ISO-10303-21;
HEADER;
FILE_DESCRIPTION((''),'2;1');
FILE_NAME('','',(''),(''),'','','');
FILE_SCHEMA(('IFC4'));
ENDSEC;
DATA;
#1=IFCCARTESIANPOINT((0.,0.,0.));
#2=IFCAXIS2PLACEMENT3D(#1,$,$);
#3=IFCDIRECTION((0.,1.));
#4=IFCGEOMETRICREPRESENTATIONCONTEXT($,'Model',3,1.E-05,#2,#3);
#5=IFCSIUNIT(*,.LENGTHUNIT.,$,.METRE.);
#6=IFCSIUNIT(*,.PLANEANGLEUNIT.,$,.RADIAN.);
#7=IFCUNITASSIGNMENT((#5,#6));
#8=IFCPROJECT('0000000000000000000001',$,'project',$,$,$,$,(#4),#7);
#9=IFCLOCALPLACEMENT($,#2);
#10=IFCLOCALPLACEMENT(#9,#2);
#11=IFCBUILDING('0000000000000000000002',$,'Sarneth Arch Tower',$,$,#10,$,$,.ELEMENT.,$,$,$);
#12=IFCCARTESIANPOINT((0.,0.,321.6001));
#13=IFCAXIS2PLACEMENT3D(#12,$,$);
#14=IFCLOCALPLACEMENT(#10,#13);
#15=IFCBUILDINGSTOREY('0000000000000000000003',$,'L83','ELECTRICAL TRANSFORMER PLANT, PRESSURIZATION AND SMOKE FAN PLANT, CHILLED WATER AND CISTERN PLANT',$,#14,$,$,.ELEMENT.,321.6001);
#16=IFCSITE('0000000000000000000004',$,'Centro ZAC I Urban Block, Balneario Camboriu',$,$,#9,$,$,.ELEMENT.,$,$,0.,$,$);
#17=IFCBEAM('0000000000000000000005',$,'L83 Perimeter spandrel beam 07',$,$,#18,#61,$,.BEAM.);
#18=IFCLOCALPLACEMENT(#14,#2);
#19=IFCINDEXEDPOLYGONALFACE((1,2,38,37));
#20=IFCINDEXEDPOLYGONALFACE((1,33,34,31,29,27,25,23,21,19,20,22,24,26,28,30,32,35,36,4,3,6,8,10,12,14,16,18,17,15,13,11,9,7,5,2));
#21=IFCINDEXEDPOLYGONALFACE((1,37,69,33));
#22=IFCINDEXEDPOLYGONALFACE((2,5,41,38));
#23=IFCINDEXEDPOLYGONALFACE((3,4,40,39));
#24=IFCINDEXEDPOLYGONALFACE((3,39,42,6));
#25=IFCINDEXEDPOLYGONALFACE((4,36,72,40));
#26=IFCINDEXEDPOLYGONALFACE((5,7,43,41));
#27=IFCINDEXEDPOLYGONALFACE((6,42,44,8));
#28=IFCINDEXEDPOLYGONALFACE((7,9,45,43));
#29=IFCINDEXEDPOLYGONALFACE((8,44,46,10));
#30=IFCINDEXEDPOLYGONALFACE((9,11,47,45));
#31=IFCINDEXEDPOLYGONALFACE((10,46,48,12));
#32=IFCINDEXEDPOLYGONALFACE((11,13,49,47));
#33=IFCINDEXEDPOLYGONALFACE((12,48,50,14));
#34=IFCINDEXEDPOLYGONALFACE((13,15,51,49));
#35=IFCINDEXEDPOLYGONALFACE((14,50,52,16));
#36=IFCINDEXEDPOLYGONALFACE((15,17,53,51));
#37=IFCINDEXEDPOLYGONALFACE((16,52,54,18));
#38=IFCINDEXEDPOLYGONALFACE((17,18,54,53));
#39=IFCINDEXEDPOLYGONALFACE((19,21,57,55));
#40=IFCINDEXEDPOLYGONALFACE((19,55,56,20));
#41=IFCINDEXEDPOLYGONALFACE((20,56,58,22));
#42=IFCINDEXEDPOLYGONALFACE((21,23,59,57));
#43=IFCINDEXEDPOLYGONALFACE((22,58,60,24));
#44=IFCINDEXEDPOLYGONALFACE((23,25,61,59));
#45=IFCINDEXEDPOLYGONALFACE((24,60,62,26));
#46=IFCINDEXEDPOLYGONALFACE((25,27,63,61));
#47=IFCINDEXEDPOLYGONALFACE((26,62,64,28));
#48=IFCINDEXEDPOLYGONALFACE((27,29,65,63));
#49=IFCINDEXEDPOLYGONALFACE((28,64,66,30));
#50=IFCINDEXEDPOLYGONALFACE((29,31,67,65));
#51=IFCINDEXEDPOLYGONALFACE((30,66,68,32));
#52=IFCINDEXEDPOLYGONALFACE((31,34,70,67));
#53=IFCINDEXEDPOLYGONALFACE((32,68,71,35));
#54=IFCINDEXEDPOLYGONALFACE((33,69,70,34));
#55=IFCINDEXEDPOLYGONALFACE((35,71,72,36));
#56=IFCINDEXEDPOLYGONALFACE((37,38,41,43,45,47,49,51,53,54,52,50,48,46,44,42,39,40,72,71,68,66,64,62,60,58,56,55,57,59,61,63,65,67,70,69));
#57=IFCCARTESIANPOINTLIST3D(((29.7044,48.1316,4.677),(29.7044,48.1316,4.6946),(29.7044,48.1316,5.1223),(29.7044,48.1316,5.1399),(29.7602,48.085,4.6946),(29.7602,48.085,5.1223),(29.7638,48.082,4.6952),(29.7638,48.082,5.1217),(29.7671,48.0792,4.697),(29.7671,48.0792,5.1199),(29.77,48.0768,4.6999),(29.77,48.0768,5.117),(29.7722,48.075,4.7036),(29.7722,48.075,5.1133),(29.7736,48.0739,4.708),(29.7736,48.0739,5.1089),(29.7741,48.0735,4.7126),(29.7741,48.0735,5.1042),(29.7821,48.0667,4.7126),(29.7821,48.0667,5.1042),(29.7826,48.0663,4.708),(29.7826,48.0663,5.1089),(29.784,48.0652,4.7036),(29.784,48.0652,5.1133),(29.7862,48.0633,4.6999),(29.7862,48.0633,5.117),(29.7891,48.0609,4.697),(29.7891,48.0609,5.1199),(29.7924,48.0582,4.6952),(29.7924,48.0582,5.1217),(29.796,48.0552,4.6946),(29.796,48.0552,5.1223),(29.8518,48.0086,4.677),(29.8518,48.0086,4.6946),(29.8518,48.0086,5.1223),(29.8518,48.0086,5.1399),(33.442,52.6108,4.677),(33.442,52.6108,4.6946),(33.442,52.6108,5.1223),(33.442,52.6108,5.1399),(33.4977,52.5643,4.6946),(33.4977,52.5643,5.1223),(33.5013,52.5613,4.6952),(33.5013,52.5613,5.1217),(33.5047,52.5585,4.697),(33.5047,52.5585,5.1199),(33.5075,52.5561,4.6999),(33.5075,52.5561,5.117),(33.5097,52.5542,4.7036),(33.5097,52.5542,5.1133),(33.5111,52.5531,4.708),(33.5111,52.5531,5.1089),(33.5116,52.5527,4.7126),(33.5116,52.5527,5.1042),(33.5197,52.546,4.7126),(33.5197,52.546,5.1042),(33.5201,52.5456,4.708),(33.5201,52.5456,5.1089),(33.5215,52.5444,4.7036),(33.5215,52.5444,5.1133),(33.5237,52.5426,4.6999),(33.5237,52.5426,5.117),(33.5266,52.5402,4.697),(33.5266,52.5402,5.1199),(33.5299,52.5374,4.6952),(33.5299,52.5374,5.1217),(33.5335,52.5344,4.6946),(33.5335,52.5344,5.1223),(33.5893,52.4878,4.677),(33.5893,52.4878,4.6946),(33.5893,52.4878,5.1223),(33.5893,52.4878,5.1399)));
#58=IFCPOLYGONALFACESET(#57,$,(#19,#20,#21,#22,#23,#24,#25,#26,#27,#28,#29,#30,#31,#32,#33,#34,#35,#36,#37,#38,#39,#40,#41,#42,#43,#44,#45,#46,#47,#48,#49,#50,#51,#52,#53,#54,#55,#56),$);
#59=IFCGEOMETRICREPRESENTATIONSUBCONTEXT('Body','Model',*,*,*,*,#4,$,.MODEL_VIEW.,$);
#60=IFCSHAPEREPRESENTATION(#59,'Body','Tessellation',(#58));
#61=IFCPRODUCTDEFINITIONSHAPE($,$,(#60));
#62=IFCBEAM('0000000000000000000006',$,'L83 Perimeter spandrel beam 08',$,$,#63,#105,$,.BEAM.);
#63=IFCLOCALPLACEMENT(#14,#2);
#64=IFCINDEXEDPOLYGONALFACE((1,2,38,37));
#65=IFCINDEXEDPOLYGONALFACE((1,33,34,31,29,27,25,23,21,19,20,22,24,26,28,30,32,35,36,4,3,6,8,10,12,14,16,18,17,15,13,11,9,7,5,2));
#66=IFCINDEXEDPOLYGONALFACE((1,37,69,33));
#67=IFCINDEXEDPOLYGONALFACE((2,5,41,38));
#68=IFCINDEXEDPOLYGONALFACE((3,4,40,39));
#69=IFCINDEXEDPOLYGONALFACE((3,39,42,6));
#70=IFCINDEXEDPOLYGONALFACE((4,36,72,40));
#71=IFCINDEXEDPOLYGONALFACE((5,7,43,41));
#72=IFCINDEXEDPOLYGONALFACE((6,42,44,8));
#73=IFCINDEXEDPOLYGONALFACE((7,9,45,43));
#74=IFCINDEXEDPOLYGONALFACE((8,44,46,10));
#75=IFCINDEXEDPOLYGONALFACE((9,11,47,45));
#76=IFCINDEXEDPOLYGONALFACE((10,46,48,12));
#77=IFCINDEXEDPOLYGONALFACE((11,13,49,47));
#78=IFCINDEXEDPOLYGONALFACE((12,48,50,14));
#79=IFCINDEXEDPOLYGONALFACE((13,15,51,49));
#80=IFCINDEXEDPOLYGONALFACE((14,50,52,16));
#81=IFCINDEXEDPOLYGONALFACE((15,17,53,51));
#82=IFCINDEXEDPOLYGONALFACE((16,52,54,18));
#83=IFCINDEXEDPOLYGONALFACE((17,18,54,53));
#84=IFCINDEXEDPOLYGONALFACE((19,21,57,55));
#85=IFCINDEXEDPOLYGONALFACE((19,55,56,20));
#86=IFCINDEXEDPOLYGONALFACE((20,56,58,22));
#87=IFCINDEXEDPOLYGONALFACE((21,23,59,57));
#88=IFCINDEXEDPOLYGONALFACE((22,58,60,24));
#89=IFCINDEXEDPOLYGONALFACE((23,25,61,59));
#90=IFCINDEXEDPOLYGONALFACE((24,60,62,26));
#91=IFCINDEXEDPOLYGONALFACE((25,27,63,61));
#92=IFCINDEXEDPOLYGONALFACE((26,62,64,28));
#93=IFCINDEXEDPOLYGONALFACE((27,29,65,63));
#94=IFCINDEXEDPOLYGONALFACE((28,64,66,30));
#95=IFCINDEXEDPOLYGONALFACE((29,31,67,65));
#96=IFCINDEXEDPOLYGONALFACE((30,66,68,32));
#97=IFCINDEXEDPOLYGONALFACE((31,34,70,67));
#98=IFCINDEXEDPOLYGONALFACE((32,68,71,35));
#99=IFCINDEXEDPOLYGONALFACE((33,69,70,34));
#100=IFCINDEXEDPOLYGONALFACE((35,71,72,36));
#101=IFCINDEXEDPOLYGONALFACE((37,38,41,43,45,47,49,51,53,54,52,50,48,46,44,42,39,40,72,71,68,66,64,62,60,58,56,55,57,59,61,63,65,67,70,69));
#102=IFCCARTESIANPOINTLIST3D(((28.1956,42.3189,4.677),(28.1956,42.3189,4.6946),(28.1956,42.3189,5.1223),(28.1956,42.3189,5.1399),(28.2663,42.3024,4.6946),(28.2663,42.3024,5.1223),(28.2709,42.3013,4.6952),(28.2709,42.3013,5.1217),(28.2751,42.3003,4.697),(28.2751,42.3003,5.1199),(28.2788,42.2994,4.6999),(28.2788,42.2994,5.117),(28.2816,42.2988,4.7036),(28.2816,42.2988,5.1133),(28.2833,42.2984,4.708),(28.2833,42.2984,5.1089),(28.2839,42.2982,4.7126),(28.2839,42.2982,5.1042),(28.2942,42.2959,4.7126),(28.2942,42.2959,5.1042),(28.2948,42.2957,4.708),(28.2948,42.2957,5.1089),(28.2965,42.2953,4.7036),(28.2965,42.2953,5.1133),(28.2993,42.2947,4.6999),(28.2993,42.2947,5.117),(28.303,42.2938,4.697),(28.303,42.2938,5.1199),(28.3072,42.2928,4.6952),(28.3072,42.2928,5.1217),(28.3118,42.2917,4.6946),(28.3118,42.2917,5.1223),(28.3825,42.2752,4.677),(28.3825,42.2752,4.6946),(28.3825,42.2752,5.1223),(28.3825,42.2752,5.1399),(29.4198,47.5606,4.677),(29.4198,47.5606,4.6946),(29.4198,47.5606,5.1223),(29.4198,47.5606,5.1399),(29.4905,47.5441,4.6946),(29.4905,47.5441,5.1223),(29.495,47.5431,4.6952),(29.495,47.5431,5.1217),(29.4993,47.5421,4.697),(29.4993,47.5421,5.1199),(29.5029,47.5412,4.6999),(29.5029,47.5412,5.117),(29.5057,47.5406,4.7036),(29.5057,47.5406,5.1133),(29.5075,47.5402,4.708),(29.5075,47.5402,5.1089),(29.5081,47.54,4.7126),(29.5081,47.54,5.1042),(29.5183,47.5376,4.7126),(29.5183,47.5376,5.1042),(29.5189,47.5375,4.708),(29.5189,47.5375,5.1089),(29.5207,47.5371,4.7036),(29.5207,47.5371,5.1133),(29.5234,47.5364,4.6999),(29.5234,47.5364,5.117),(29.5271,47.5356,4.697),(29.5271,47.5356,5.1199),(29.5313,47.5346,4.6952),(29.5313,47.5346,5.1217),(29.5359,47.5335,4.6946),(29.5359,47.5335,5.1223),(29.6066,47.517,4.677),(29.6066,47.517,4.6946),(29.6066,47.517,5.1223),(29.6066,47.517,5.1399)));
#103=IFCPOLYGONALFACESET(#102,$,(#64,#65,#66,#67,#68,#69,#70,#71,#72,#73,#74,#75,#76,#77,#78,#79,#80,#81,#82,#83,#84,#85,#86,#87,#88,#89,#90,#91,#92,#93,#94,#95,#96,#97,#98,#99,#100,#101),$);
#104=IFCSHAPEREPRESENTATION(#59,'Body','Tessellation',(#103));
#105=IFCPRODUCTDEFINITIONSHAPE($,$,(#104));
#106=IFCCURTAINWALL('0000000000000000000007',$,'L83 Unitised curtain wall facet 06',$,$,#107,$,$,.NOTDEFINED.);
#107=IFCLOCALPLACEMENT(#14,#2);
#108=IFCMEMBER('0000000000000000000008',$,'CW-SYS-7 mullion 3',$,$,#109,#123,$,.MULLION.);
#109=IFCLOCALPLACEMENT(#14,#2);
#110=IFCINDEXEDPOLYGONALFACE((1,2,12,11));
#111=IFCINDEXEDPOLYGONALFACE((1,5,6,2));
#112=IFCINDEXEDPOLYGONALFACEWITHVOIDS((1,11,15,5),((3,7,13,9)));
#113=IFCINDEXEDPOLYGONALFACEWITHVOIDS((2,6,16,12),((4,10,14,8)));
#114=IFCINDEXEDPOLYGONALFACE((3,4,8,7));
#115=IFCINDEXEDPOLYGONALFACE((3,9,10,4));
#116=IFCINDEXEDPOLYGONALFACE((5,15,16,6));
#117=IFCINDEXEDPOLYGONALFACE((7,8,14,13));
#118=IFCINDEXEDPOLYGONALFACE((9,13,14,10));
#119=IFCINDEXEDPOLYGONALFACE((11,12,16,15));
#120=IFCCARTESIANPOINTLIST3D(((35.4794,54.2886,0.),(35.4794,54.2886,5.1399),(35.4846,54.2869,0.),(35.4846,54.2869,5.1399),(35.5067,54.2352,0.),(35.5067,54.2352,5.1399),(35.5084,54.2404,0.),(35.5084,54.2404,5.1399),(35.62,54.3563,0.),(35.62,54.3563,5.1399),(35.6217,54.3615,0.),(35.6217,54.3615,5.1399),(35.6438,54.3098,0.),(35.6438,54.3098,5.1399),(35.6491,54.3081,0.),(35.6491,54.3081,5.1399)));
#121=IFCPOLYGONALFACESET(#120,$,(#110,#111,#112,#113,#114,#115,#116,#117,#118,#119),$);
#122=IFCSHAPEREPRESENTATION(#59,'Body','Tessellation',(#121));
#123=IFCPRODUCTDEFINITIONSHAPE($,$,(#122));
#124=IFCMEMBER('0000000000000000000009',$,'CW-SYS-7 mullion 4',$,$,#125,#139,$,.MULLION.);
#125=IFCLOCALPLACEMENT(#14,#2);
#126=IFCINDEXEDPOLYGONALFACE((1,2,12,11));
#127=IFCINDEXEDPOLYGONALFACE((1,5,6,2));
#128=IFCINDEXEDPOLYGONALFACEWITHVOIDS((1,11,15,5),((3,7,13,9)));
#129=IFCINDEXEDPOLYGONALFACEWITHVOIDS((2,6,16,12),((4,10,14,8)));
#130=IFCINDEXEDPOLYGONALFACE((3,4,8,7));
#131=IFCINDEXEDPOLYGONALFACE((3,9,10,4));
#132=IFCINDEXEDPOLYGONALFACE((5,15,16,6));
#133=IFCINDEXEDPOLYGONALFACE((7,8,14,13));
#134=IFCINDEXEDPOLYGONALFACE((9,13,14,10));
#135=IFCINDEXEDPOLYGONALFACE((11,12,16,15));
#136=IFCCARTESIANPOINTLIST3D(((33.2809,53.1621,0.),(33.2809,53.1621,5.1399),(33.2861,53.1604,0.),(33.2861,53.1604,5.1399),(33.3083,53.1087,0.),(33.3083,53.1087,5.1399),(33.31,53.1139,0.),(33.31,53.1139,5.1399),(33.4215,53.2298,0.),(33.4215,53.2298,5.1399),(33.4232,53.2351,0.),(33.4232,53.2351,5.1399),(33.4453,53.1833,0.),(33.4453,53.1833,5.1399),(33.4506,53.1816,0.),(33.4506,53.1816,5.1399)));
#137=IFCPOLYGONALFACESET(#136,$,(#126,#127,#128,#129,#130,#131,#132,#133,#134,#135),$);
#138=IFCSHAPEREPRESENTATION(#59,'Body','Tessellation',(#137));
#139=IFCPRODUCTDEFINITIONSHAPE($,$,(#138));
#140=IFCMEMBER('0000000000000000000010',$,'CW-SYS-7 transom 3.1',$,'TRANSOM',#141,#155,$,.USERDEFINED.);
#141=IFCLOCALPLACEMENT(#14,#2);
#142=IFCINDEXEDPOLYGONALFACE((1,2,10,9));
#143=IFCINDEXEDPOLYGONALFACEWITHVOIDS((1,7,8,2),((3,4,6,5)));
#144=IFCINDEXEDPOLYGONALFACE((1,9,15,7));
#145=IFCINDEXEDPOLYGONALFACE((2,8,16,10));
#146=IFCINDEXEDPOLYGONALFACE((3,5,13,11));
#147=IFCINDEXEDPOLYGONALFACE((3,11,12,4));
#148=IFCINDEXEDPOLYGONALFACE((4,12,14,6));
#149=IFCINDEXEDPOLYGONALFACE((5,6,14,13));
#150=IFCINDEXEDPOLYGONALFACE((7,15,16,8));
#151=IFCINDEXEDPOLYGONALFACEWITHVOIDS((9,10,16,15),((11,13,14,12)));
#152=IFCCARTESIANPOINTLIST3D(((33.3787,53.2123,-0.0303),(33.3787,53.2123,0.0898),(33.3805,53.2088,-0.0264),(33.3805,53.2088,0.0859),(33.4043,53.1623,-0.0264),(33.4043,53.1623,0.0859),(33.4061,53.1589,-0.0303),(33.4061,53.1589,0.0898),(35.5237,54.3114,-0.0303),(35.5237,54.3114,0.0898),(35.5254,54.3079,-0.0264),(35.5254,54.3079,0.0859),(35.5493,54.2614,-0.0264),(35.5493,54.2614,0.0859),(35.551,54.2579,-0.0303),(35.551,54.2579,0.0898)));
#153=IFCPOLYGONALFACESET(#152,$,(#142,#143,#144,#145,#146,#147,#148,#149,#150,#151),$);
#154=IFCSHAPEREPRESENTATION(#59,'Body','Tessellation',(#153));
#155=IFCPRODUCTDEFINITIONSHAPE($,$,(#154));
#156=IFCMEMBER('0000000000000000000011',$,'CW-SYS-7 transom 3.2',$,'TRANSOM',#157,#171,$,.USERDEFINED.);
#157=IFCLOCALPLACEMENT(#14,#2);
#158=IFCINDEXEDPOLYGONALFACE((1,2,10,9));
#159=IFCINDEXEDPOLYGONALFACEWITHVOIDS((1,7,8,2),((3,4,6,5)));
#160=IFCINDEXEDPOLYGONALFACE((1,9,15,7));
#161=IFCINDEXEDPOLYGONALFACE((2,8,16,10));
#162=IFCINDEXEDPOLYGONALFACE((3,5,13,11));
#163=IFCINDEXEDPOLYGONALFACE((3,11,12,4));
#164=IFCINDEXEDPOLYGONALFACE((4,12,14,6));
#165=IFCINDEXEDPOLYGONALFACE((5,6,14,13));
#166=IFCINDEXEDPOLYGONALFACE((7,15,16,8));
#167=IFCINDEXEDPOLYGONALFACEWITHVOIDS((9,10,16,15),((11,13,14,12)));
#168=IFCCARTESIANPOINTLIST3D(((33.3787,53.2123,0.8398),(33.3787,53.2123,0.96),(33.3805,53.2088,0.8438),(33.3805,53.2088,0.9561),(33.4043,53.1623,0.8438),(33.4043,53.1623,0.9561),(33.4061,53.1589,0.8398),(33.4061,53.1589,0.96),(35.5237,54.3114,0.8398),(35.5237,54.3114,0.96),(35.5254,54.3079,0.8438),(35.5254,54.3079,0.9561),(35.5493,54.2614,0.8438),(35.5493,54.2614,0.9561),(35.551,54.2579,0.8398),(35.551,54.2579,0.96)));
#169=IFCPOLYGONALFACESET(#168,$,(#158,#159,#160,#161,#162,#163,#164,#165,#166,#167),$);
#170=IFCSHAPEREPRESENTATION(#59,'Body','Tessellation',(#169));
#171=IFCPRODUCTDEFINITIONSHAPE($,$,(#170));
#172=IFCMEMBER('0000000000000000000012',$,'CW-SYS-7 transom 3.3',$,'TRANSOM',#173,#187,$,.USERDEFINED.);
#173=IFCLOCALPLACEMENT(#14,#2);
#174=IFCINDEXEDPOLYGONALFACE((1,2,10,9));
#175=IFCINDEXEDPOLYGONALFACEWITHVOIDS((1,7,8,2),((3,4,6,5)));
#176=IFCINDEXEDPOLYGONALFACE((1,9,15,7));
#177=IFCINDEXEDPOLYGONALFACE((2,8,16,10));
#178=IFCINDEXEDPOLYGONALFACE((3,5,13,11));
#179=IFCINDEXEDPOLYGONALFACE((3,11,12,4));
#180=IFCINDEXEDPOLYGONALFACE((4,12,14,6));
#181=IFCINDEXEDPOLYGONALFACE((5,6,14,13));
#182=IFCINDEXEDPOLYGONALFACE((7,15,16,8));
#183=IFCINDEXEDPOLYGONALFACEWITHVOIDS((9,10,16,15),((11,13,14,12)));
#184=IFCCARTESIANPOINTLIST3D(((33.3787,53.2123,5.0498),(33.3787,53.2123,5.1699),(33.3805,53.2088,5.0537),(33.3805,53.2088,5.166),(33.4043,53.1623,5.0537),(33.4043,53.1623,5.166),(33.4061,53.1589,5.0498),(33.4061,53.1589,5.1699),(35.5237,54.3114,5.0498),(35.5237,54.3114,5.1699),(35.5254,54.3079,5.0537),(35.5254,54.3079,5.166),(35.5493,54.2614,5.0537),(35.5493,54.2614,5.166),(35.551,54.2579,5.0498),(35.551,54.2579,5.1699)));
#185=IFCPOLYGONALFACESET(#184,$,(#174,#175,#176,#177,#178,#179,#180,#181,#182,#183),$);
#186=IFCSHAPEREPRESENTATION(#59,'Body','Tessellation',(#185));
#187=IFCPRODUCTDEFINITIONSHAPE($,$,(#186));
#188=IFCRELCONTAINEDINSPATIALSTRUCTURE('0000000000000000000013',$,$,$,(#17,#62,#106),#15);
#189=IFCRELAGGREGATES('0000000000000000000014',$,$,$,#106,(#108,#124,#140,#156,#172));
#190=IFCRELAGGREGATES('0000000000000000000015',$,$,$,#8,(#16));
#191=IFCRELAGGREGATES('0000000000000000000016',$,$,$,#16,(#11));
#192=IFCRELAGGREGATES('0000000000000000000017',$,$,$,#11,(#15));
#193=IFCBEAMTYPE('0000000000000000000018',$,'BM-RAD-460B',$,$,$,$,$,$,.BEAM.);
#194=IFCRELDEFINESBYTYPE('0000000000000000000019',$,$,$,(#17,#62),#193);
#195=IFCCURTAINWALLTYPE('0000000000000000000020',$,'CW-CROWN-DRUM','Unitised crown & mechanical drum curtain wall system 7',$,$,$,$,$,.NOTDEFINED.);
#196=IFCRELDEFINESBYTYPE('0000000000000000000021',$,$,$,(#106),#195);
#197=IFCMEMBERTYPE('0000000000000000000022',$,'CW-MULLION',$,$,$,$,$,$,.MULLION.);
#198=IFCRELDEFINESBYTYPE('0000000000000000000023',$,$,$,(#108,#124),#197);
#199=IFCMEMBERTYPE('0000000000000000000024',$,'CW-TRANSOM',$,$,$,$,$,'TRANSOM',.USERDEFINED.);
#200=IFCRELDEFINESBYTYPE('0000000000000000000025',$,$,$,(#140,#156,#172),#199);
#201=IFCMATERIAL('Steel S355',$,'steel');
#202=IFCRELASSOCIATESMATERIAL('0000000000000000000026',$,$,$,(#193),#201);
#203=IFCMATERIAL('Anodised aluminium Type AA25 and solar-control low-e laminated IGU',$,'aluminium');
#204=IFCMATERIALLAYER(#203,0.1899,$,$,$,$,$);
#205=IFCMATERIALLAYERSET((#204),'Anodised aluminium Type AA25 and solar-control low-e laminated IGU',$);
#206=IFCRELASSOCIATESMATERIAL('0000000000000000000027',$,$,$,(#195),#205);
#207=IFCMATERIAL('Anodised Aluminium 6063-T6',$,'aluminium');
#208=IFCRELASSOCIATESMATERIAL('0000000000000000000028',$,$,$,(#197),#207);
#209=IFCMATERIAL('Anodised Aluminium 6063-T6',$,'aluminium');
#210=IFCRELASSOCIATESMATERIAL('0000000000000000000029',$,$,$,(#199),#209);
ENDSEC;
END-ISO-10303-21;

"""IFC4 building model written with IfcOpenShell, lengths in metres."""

from ifc_helpers import new_model, si_unit, direction, frame, origin, origin_2d, place, context, subcontext, project, spatial, hollow_rectangle, i_section, extrude, material, layer, layer_set, material_profile, profile_set, type_object, element, aggregate, save


model = new_model("IFC4")

# Units and contexts
model_context = context("Model", 3, precision=1e-05, world=origin(), true_north=direction((0.0, 1.0)))
body_context = subcontext(model_context, "Body", "Model", "MODEL_VIEW")
ifc_project = project(units=[si_unit("LENGTHUNIT", "METRE"), si_unit("PLANEANGLEUNIT", "RADIAN")], contexts=[model_context])

# Site, building, storey
site_placement = place(None, origin())
site = spatial("IfcSite", under=ifc_project, at=site_placement, Name="Centro ZAC I Urban Block, Balneario Camboriu", CompositionType="ELEMENT", RefElevation=0.0)
building_placement = place(site_placement, origin())
building = spatial("IfcBuilding", under=site, at=building_placement, Name="Sarneth Arch Tower", CompositionType="ELEMENT")
storey_placement = place(building_placement, frame((0.0, 0.0, 321.6001)))
storey = spatial("IfcBuildingStorey", under=building, at=storey_placement, Name="L83", Description="ELECTRICAL TRANSFORMER PLANT, PRESSURIZATION AND SMOKE FAN PLANT, CHILLED WATER AND CISTERN PLANT", CompositionType="ELEMENT", Elevation=321.6001)

# Beams
ifc_material_1 = material(Name="Steel S355", Category="steel")
ifc_material_profile_1 = material_profile(ifc_material_1, i_section(OverallWidth=0.1919, OverallDepth=0.4629, WebThickness=0.0105, FlangeThickness=0.0176, FilletRadius=0.0181, at=origin_2d()), Name="W460x89")
ifc_profile_set_1 = profile_set([ifc_material_profile_1], Name="Steel S355")
beam_type_1 = type_object("IfcBeamType", Name="BM-RAD-460B", PredefinedType="BEAM", material=ifc_profile_set_1)
beam_1_placement = place(storey_placement, frame((33.5156, 52.5493, 4.9084), z_axis=(-0.640674, -0.767813, 0.0), x_axis=(0.767813, -0.640674, 0.0)))
element("IfcBeam", 1, at=beam_1_placement, inside=storey, type_object=beam_type_1, Name="L83 Perimeter spandrel beam 07", PredefinedType="BEAM", context=body_context, shape_type="SweptSolid", body=[
    extrude(i_section(OverallWidth=0.1919, OverallDepth=0.4629, WebThickness=0.0105, FlangeThickness=0.0176, FilletRadius=0.0181, at=origin_2d()), origin(), (0.0, 0.0, 1.0), 5.8337),
])
beam_2_placement = place(storey_placement, frame((29.5132, 47.5388, 4.9084), z_axis=(-0.227416, -0.973798, 0.0), x_axis=(0.973798, -0.227416, 0.0)))
element("IfcBeam", 2, at=beam_2_placement, inside=storey, type_object=beam_type_1, Name="L83 Perimeter spandrel beam 08", PredefinedType="BEAM", context=body_context, shape_type="SweptSolid", body=[
    extrude(i_section(OverallWidth=0.1919, OverallDepth=0.4629, WebThickness=0.0105, FlangeThickness=0.0176, FilletRadius=0.0181, at=origin_2d()), origin(), (0.0, 0.0, 1.0), 5.3828),
])

# Curtain wall, members
ifc_material_2 = material(Name="Anodised aluminium Type AA25 and solar-control low-e laminated IGU", Category="aluminium")
ifc_layer_1 = layer(ifc_material_2, 0.1899)
ifc_layer_set_1 = layer_set([ifc_layer_1], Name="Anodised aluminium Type AA25 and solar-control low-e laminated IGU")
curtain_wall_type = type_object("IfcCurtainWallType", Name="CW-CROWN-DRUM", Description="Unitised crown & mechanical drum curtain wall system 7", PredefinedType="NOTDEFINED", material=ifc_layer_set_1)
curtain_wall_placement = place(storey_placement, origin())
curtain_wall = element("IfcCurtainWall", 3, at=curtain_wall_placement, inside=storey, type_object=curtain_wall_type, Name="L83 Unitised curtain wall facet 06", PredefinedType="NOTDEFINED")
ifc_material_3 = material(Name="Anodised Aluminium 6063-T6", Category="aluminium")
ifc_material_profile_2 = material_profile(ifc_material_3, hollow_rectangle(XDim=0.0601, YDim=0.1599, WallThickness=0.0039, at=origin_2d()), Name="AL-MULL-160x60x4")
ifc_profile_set_2 = profile_set([ifc_material_profile_2], Name="Anodised Aluminium 6063-T6")
member_type_1 = type_object("IfcMemberType", Name="CW-MULLION", PredefinedType="MULLION", material=ifc_profile_set_2)
member_1_placement = place(storey_placement, frame((35.5642, 54.2983, 0.0), z_axis=(0.0, 0.0, 1.0), x_axis=(0.45604, -0.889959, 0.0)))
member_1 = element("IfcMember", 4, at=member_1_placement, type_object=member_type_1, Name="CW-SYS-7 mullion 3", PredefinedType="MULLION", context=body_context, shape_type="SweptSolid", body=[
    extrude(hollow_rectangle(XDim=0.0601, YDim=0.1599, WallThickness=0.0039, at=origin_2d()), origin(), (0.0, 0.0, 1.0), 5.1399),
])
member_2_placement = place(storey_placement, frame((33.3657, 53.1719, 0.0), z_axis=(0.0, 0.0, 1.0), x_axis=(0.45604, -0.889959, 0.0)))
member_2 = element("IfcMember", 5, at=member_2_placement, type_object=member_type_1, Name="CW-SYS-7 mullion 4", PredefinedType="MULLION", context=body_context, shape_type="SweptSolid", body=[
    extrude(hollow_rectangle(XDim=0.0601, YDim=0.1599, WallThickness=0.0039, at=origin_2d()), origin(), (0.0, 0.0, 1.0), 5.1399),
])
ifc_material_4 = material(Name="Anodised Aluminium 6063-T6", Category="aluminium")
ifc_material_profile_3 = material_profile(ifc_material_4, hollow_rectangle(XDim=0.0601, YDim=0.1201, WallThickness=0.0039, at=origin_2d()), Name="AL-TRAN-120x60x4")
ifc_profile_set_3 = profile_set([ifc_material_profile_3], Name="Anodised Aluminium 6063-T6")
member_type_2 = type_object("IfcMemberType", Name="CW-TRANSOM", ElementType="TRANSOM", PredefinedType="USERDEFINED", material=ifc_profile_set_3)
member_3_placement = place(storey_placement, frame((35.5374, 54.2847, 0.0298), z_axis=(-0.889967, -0.456025, 0.0), x_axis=(0.456025, -0.889967, 0.0)))
member_3 = element("IfcMember", 6, at=member_3_placement, type_object=member_type_2, Name="CW-SYS-7 transom 3.1", ObjectType="TRANSOM", PredefinedType="USERDEFINED", context=body_context, shape_type="SweptSolid", body=[
    extrude(hollow_rectangle(XDim=0.0601, YDim=0.1201, WallThickness=0.0039, at=origin_2d()), origin(), (0.0, 0.0, 1.0), 2.4102),
])
member_4_placement = place(storey_placement, frame((35.5374, 54.2847, 0.8999), z_axis=(-0.889967, -0.456025, 0.0), x_axis=(0.456025, -0.889967, 0.0)))
member_4 = element("IfcMember", 7, at=member_4_placement, type_object=member_type_2, Name="CW-SYS-7 transom 3.2", ObjectType="TRANSOM", PredefinedType="USERDEFINED", context=body_context, shape_type="SweptSolid", body=[
    extrude(hollow_rectangle(XDim=0.0601, YDim=0.1201, WallThickness=0.0039, at=origin_2d()), origin(), (0.0, 0.0, 1.0), 2.4102),
])
member_5_placement = place(storey_placement, frame((35.5374, 54.2847, 5.1099), z_axis=(-0.889967, -0.456025, 0.0), x_axis=(0.456025, -0.889967, 0.0)))
member_5 = element("IfcMember", 8, at=member_5_placement, type_object=member_type_2, Name="CW-SYS-7 transom 3.3", ObjectType="TRANSOM", PredefinedType="USERDEFINED", context=body_context, shape_type="SweptSolid", body=[
    extrude(hollow_rectangle(XDim=0.0601, YDim=0.1201, WallThickness=0.0039, at=origin_2d()), origin(), (0.0, 0.0, 1.0), 2.4102),
])

aggregate(curtain_wall, [member_1, member_2, member_3, member_4, member_5])

save(model, "model.ifc")
